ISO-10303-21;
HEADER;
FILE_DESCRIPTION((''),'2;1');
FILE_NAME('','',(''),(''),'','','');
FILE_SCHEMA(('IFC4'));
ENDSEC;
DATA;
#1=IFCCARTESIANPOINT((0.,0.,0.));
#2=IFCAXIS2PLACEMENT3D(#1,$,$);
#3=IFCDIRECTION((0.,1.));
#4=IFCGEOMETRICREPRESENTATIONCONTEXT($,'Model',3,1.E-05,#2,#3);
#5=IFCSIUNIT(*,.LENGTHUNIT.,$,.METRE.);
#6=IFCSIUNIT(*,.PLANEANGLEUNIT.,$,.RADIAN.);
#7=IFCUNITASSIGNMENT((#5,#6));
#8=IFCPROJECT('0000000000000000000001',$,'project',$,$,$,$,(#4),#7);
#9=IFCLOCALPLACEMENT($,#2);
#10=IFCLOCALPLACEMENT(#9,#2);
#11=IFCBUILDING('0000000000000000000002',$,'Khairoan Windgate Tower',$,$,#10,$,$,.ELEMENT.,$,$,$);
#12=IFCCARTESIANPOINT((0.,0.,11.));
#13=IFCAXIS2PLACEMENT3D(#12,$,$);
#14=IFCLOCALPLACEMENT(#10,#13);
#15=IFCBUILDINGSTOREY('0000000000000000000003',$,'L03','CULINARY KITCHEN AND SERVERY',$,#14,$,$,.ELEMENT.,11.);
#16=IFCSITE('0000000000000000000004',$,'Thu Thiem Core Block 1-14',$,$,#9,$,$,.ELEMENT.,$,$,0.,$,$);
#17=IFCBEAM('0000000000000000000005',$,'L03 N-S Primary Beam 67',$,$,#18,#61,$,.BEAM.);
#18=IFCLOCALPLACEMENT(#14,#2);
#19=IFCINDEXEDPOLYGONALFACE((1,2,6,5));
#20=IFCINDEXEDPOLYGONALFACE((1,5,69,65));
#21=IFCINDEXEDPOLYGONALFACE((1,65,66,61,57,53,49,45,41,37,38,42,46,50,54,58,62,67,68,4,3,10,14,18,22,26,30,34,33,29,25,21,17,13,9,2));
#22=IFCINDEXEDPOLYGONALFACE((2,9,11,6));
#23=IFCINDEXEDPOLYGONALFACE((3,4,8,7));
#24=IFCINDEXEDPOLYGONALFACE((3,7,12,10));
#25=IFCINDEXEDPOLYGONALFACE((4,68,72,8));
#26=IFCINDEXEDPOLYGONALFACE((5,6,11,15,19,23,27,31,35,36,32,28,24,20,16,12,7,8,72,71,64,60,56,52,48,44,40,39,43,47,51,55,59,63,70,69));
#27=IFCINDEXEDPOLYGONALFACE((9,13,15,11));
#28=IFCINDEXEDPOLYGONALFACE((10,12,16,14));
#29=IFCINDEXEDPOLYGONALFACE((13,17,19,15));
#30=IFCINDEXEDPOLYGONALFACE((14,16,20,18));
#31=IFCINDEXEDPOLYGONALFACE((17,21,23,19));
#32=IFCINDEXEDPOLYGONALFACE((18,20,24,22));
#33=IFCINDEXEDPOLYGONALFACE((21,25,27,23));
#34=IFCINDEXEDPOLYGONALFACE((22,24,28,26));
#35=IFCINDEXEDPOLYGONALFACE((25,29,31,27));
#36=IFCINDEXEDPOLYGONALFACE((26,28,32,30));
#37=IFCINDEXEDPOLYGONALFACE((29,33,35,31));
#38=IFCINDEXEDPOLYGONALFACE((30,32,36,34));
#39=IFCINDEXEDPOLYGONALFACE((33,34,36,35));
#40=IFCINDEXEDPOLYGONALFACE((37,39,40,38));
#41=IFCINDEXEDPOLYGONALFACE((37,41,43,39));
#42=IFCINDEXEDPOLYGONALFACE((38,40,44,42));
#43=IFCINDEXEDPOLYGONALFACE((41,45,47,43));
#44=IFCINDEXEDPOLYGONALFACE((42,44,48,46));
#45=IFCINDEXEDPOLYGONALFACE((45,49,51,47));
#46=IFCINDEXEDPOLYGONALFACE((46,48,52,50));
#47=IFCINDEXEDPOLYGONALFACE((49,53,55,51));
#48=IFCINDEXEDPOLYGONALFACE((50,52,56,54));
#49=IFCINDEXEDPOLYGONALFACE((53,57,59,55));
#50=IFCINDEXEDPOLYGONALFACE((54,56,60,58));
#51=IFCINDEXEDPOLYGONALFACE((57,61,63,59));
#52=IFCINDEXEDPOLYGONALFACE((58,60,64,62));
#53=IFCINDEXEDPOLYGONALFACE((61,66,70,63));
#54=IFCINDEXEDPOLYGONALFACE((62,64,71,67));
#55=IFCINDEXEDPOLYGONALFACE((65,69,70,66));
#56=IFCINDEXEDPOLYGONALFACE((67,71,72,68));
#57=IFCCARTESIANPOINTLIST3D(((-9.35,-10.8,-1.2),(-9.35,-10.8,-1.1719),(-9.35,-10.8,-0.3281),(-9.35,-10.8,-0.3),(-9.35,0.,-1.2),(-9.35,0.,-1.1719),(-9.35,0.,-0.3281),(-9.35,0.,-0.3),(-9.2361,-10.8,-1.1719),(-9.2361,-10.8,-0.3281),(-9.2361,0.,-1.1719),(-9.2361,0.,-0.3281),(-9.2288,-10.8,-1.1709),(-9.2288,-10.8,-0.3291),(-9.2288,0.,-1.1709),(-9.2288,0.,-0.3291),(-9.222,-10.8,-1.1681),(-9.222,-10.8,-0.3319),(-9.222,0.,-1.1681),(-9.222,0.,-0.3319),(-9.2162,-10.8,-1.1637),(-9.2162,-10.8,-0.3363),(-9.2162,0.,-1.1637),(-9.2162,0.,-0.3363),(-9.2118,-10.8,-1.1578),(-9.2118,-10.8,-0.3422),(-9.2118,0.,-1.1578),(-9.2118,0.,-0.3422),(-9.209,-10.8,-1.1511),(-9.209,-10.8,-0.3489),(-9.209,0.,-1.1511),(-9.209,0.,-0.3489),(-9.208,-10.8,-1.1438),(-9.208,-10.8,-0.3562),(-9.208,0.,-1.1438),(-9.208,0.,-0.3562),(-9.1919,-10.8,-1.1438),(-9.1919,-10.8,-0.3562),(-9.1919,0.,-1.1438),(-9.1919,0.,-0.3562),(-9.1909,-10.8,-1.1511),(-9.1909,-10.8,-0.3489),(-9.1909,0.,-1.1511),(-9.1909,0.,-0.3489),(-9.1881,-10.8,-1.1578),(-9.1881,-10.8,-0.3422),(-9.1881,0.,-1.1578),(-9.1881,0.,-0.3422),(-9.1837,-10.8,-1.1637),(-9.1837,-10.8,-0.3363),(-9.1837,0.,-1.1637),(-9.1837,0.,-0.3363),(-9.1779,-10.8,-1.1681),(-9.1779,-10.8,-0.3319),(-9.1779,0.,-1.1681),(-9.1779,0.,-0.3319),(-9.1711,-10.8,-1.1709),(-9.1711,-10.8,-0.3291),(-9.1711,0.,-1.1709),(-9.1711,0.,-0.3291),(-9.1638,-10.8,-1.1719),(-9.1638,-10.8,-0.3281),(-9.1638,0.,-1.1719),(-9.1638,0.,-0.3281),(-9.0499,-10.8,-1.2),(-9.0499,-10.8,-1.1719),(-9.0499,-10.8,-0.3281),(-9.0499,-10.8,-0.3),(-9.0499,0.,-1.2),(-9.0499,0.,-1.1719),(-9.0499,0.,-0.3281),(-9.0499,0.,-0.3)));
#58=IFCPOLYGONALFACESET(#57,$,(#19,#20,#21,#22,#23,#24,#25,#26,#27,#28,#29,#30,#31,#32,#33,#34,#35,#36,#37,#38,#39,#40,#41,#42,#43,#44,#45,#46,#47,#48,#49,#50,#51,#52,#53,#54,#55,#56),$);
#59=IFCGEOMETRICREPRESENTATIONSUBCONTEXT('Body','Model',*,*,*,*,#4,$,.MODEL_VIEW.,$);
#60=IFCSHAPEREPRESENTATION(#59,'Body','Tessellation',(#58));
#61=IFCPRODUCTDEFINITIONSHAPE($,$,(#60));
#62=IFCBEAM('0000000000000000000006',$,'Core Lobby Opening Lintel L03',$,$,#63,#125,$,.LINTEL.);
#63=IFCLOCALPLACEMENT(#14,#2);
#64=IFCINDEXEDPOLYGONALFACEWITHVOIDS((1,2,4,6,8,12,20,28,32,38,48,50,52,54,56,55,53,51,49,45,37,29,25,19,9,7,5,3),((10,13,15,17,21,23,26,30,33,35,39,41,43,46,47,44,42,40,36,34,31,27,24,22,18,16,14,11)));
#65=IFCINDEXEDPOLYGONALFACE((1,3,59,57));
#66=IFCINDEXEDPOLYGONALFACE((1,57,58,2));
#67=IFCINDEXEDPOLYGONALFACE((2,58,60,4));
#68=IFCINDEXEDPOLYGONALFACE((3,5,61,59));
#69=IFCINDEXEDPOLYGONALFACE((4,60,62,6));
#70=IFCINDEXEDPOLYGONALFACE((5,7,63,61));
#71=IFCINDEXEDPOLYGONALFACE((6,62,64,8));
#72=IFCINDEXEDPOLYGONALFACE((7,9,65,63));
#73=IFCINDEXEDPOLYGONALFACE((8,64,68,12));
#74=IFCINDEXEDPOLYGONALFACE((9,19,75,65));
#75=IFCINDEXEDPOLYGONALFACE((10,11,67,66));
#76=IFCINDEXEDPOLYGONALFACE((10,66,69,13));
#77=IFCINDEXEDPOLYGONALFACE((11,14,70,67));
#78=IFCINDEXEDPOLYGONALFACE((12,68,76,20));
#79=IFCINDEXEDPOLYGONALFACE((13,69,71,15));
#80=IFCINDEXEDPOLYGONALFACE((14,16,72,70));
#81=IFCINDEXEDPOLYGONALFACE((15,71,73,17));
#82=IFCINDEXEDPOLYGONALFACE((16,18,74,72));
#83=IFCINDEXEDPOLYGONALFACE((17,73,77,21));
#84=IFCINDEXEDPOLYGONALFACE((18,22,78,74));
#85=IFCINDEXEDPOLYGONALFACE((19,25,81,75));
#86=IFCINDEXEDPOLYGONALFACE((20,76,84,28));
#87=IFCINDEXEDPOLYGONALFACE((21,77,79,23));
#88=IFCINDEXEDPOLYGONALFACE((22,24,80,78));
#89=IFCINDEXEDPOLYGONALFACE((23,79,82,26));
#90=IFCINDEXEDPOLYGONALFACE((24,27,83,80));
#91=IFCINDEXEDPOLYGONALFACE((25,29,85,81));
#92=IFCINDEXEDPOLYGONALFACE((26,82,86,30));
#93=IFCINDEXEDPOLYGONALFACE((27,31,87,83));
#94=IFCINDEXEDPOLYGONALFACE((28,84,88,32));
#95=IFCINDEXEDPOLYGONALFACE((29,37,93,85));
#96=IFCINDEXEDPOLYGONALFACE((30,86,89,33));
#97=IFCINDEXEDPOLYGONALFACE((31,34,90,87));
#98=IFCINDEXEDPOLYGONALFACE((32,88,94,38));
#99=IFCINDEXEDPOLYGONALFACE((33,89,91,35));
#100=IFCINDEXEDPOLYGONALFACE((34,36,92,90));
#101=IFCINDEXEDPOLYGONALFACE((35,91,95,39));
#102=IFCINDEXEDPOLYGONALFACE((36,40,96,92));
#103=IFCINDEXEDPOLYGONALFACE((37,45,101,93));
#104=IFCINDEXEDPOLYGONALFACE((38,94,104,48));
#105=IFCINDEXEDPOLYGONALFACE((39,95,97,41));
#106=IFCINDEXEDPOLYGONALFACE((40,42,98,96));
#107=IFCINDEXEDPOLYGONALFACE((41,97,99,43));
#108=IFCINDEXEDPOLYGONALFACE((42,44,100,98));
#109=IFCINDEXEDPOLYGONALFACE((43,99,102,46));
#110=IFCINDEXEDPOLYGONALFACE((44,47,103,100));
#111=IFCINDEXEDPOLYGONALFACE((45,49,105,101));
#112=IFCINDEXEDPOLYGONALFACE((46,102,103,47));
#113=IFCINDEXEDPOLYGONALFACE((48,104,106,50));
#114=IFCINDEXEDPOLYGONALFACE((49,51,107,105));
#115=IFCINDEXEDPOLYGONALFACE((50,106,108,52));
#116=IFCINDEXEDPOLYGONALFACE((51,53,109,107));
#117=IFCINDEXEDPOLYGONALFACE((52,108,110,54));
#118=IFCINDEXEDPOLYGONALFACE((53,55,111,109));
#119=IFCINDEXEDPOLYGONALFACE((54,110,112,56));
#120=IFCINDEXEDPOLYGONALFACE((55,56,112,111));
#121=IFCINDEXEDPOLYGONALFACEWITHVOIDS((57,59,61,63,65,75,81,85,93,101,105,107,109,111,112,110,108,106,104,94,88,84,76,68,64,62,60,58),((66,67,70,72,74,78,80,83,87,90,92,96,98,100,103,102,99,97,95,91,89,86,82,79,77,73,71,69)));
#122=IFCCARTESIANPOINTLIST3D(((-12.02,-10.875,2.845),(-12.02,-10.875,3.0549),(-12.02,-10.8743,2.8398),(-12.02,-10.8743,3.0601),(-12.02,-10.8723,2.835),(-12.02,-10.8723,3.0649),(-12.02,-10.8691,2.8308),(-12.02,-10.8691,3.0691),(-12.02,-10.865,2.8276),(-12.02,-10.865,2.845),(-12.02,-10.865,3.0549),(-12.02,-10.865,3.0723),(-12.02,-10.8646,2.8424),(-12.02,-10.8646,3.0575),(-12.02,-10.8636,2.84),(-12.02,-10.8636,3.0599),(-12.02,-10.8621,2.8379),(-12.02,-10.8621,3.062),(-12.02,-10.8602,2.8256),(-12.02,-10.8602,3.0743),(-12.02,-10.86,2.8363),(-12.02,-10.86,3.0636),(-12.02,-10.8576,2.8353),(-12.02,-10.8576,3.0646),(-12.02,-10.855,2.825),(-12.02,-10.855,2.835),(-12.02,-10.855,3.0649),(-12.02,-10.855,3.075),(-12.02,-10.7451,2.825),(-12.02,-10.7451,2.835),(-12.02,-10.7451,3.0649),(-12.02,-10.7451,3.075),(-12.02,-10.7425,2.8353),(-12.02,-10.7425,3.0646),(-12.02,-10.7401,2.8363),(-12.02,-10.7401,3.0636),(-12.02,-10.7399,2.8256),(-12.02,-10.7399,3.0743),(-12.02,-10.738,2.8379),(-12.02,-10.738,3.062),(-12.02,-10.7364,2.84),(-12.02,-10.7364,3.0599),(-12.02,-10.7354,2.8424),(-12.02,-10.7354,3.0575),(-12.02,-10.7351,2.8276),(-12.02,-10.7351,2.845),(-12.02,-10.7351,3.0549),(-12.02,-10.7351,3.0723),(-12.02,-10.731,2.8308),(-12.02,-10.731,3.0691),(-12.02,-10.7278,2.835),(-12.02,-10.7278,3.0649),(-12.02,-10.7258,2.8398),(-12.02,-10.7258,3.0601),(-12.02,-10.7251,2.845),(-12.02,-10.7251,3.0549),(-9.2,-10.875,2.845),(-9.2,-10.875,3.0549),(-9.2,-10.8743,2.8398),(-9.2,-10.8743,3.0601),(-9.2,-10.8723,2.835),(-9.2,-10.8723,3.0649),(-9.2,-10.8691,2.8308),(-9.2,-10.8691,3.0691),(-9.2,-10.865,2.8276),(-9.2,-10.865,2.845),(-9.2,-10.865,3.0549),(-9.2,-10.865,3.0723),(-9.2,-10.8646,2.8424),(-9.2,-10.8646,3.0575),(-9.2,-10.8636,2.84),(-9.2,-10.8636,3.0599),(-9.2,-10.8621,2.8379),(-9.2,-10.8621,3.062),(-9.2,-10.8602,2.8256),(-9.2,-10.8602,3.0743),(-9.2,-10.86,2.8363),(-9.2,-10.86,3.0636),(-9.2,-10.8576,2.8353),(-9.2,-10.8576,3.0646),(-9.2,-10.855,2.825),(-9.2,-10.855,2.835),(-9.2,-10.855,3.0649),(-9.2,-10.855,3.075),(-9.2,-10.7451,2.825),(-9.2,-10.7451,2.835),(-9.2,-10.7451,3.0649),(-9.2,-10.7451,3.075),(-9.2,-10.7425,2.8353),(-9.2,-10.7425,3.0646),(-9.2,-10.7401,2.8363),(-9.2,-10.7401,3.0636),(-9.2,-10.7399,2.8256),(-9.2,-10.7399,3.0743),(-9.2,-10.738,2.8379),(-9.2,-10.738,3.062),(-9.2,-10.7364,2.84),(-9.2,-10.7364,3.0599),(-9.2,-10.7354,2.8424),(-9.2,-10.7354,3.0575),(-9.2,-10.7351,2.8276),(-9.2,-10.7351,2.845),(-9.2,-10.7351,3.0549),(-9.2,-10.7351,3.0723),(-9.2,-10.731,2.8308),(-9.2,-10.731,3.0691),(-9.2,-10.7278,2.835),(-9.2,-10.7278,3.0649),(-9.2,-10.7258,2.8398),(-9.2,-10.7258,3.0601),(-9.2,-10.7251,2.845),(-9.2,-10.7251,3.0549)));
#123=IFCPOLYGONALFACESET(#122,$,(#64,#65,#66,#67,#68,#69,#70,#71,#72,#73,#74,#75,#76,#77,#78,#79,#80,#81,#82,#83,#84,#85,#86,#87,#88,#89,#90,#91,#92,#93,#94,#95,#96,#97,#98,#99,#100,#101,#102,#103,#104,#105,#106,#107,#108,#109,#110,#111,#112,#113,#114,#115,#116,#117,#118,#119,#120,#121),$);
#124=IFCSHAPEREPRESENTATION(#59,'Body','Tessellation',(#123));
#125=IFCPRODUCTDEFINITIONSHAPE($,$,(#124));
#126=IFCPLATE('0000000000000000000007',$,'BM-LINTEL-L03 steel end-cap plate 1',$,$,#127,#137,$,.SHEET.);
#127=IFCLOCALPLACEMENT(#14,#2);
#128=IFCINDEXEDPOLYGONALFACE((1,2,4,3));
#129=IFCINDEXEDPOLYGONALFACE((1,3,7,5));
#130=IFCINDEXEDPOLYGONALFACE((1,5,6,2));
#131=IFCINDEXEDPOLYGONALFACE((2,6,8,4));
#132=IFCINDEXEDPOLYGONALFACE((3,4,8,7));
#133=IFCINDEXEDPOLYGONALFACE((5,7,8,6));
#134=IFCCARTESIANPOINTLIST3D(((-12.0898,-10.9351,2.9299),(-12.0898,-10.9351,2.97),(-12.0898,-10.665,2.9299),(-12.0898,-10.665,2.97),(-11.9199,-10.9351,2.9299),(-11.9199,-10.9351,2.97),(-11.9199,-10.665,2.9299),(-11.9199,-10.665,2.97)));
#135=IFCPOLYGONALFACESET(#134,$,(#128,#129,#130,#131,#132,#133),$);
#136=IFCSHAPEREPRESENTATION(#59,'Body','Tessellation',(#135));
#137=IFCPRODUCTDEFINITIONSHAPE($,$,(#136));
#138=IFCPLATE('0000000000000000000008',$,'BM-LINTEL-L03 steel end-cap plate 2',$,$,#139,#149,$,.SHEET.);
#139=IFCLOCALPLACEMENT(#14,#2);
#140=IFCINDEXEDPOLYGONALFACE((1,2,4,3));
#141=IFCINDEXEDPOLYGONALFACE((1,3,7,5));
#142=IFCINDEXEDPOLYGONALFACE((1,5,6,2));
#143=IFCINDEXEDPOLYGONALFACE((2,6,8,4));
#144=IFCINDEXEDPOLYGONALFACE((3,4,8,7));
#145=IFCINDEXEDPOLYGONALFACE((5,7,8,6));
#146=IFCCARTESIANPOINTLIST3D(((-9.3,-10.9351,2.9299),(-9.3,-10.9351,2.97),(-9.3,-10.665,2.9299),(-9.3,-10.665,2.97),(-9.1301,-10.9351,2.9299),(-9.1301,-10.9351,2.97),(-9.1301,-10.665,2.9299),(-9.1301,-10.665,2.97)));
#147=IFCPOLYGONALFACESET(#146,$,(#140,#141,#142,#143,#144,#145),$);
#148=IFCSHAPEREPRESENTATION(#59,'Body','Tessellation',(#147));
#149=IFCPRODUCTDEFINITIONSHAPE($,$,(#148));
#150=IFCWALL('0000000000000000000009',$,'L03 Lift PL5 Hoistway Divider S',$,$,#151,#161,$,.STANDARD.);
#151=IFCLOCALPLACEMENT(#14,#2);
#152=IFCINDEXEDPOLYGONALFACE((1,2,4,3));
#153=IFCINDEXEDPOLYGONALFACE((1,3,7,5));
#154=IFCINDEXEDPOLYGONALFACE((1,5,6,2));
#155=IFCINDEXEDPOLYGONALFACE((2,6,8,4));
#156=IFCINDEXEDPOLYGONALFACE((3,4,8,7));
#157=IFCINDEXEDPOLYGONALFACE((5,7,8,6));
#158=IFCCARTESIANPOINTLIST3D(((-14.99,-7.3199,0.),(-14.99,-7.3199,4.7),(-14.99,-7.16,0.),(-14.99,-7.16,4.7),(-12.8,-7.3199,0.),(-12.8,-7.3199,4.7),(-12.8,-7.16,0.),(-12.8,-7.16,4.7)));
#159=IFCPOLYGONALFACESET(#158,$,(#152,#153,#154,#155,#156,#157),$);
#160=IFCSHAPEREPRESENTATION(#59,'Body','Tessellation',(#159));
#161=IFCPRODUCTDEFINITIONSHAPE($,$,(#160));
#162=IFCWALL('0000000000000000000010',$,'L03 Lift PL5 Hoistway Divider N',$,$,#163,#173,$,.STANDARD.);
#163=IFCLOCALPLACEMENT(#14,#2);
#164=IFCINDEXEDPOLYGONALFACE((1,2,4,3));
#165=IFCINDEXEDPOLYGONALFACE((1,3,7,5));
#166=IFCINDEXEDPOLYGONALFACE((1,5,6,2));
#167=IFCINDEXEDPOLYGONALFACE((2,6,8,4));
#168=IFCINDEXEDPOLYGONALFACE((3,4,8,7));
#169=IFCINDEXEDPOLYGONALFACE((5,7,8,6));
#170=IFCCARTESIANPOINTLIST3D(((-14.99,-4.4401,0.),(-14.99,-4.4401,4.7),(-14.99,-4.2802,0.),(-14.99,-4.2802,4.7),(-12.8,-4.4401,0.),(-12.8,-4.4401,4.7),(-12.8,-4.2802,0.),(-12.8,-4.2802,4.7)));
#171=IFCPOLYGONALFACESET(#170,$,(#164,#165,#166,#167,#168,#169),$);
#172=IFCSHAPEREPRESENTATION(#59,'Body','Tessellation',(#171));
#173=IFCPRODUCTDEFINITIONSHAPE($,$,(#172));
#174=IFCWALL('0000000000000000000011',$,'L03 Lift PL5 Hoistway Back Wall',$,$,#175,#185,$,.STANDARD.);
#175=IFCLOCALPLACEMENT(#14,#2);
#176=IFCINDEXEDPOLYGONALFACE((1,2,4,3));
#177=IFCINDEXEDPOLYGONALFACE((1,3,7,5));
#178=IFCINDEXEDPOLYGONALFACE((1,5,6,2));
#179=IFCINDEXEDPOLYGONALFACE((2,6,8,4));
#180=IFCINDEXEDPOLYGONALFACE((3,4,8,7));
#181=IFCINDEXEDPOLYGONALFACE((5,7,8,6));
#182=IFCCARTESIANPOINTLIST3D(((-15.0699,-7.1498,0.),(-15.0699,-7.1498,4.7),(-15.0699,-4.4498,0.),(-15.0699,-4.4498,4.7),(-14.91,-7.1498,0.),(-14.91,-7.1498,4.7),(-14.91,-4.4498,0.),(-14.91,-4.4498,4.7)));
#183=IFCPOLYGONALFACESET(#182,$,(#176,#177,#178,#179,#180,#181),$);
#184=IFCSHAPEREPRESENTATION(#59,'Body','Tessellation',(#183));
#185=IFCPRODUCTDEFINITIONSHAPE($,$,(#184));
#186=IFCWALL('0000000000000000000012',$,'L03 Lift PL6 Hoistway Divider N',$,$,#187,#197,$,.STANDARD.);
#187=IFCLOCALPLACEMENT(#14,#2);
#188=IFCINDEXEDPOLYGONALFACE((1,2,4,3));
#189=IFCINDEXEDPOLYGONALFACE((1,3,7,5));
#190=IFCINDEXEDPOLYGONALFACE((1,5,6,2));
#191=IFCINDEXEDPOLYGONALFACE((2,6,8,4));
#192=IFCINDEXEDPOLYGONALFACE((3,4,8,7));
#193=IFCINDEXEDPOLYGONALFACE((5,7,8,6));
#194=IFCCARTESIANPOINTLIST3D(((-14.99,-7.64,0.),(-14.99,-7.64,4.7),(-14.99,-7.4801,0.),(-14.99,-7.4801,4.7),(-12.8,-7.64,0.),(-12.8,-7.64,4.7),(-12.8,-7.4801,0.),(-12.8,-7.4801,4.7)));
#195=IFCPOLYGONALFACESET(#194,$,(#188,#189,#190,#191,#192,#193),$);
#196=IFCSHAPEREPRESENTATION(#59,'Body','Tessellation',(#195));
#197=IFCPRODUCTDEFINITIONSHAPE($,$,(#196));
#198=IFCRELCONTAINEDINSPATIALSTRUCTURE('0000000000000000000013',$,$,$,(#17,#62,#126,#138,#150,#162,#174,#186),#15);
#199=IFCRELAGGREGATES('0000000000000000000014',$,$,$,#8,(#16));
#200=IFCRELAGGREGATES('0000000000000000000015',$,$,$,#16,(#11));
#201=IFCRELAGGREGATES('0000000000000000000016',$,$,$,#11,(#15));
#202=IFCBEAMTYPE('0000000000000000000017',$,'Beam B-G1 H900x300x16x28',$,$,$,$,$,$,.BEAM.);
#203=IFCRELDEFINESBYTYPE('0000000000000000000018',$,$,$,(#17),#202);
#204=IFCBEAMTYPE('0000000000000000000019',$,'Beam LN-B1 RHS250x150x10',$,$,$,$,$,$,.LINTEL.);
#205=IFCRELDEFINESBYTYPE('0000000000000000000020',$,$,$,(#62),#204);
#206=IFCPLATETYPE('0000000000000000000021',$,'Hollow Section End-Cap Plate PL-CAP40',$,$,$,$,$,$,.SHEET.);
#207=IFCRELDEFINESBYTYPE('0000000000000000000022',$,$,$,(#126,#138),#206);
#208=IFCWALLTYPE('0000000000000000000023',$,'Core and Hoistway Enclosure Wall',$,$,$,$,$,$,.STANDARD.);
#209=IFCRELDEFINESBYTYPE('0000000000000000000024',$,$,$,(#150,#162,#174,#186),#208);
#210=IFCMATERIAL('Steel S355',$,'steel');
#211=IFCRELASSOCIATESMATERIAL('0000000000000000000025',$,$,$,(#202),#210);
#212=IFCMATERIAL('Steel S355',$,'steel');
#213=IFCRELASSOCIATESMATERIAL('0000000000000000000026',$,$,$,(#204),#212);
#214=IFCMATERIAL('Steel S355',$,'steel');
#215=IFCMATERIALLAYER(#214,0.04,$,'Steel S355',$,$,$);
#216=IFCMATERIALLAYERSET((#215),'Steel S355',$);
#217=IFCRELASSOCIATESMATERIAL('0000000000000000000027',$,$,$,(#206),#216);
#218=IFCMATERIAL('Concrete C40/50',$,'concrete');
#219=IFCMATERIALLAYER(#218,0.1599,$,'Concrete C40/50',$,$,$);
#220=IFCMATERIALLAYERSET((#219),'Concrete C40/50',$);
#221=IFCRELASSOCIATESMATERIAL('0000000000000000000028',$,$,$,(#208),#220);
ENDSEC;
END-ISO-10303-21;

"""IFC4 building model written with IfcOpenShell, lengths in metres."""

from ifc_helpers import new_model, si_unit, direction, frame, frame_2d, origin, origin_2d, place, context, subcontext, project, spatial, rectangle, hollow_rectangle, i_section, extrude, material, layer, layer_set, material_profile, profile_set, type_object, element, save


model = new_model("IFC4")

# Units and contexts
model_context = context("Model", 3, precision=1e-05, world=origin(), true_north=direction((0.0, 1.0)))
body_context = subcontext(model_context, "Body", "Model", "MODEL_VIEW")
ifc_project = project(units=[si_unit("LENGTHUNIT", "METRE"), si_unit("PLANEANGLEUNIT", "RADIAN")], contexts=[model_context])

# Site, building, storey
site_placement = place(None, origin())
site = spatial("IfcSite", under=ifc_project, at=site_placement, Name="Thu Thiem Core Block 1-14", CompositionType="ELEMENT", RefElevation=0.0)
building_placement = place(site_placement, origin())
building = spatial("IfcBuilding", under=site, at=building_placement, Name="Khairoan Windgate Tower", CompositionType="ELEMENT")
storey_placement = place(building_placement, frame((0.0, 0.0, 11.0)))
storey = spatial("IfcBuildingStorey", under=building, at=storey_placement, Name="L03", Description="CULINARY KITCHEN AND SERVERY", CompositionType="ELEMENT", Elevation=11.0)

# Beams
ifc_material_1 = material(Name="Steel S355", Category="steel")
ifc_material_profile_1 = material_profile(ifc_material_1, i_section(OverallWidth=0.3, OverallDepth=0.8999, WebThickness=0.0161, FlangeThickness=0.0281, FilletRadius=0.0281, at=origin_2d()))
ifc_profile_set_1 = profile_set([ifc_material_profile_1], Name="Steel S355")
beam_type_1 = type_object("IfcBeamType", Name="Beam B-G1 H900x300x16x28", PredefinedType="BEAM", material=ifc_profile_set_1)
beam_1_placement = place(storey_placement, frame((-9.2, -10.8, -0.75), z_axis=(0.0, 1.0, 0.0), x_axis=(-1.0, 0.0, 0.0)))
element("IfcBeam", 1, at=beam_1_placement, inside=storey, type_object=beam_type_1, Name="L03 N-S Primary Beam 67", PredefinedType="BEAM", context=body_context, shape_type="SweptSolid", body=[
    extrude(i_section(OverallWidth=0.3, OverallDepth=0.8999, WebThickness=0.0161, FlangeThickness=0.0281, FilletRadius=0.0281, at=origin_2d()), origin(), (0.0, 0.0, 1.0), 10.8),
])
ifc_material_2 = material(Name="Steel S355", Category="steel")
ifc_material_profile_2 = material_profile(ifc_material_2, hollow_rectangle(XDim=0.1499, YDim=0.25, WallThickness=0.01, InnerFilletRadius=0.01, OuterFilletRadius=0.02, at=origin_2d()))
ifc_profile_set_2 = profile_set([ifc_material_profile_2], Name="Steel S355")
beam_type_2 = type_object("IfcBeamType", Name="Beam LN-B1 RHS250x150x10", PredefinedType="LINTEL", material=ifc_profile_set_2)
beam_2_placement = place(storey_placement, frame((-12.02, -10.8, 2.95), z_axis=(1.0, 0.0, 0.0), x_axis=(0.0, 1.0, 0.0)))
element("IfcBeam", 2, at=beam_2_placement, inside=storey, type_object=beam_type_2, Name="Core Lobby Opening Lintel L03", PredefinedType="LINTEL", context=body_context, shape_type="SweptSolid", body=[
    extrude(hollow_rectangle(XDim=0.1499, YDim=0.25, WallThickness=0.01, InnerFilletRadius=0.01, OuterFilletRadius=0.02, at=origin_2d()), origin(), (0.0, 0.0, 1.0), 2.8201),
])

# Plates
ifc_material_3 = material(Name="Steel S355", Category="steel")
ifc_layer_1 = layer(ifc_material_3, 0.04, Name="Steel S355")
ifc_layer_set_1 = layer_set([ifc_layer_1], Name="Steel S355")
plate_type = type_object("IfcPlateType", Name="Hollow Section End-Cap Plate PL-CAP40", PredefinedType="SHEET", material=ifc_layer_set_1)
for number, where, z_axis, x_axis, name in (
    (3, (-12.0049, -10.8, 2.9299), (0.0, 0.0, 1.0), (1.0, 0.0, 0.0), "BM-LINTEL-L03 steel end-cap plate 1"),
    (4, (-9.2151, -10.8, 2.9299), (0.0, 0.0, 1.0), (1.0, 0.0, 0.0), "BM-LINTEL-L03 steel end-cap plate 2"),
):
    element("IfcPlate", number, at=place(storey_placement, frame(where, z_axis=z_axis, x_axis=x_axis)), inside=storey, type_object=plate_type, Name=name, PredefinedType="SHEET", context=body_context, shape_type="SweptSolid", body=[
        extrude(rectangle(XDim=0.1699, YDim=0.27, at=origin_2d()), origin(), (0.0, 0.0, 1.0), 0.04),
    ])

# Walls
ifc_material_4 = material(Name="Concrete C40/50", Category="concrete")
ifc_layer_2 = layer(ifc_material_4, 0.1599, Name="Concrete C40/50")
ifc_layer_set_2 = layer_set([ifc_layer_2], Name="Concrete C40/50")
wall_type_1 = type_object("IfcWallType", Name="Core and Hoistway Enclosure Wall", PredefinedType="STANDARD", material=ifc_layer_set_2)
for number, where, z_axis, x_axis, name in (
    (5, (-14.99, -7.24, 0.0), (0.0, 0.0, 1.0), (1.0, 0.0, 0.0), "L03 Lift PL5 Hoistway Divider S"),
    (6, (-14.99, -4.3601, 0.0), (0.0, 0.0, 1.0), (1.0, 0.0, 0.0), "L03 Lift PL5 Hoistway Divider N"),
):
    element("IfcWall", number, at=place(storey_placement, frame(where, z_axis=z_axis, x_axis=x_axis)), inside=storey, type_object=wall_type_1, Name=name, PredefinedType="STANDARD", context=body_context, shape_type="SweptSolid", body=[
        extrude(rectangle(XDim=2.1899, YDim=0.1599, at=frame_2d((1.095, 0.0))), origin(), (0.0, 0.0, 1.0), 4.7),
    ])
wall_1_placement = place(storey_placement, frame((-14.99, -7.1499, 0.0), z_axis=(0.0, 0.0, 1.0), x_axis=(0.0, 1.0, 0.0)))
element("IfcWall", 7, at=wall_1_placement, inside=storey, type_object=wall_type_1, Name="L03 Lift PL5 Hoistway Back Wall", PredefinedType="STANDARD", context=body_context, shape_type="SweptSolid", body=[
    extrude(rectangle(XDim=2.7, YDim=0.1599, at=frame_2d((1.3501, 0.0))), origin(), (0.0, 0.0, 1.0), 4.7),
])
wall_2_placement = place(storey_placement, frame((-14.99, -7.5601, 0.0), z_axis=(0.0, 0.0, 1.0), x_axis=(1.0, 0.0, 0.0)))
element("IfcWall", 8, at=wall_2_placement, inside=storey, type_object=wall_type_1, Name="L03 Lift PL6 Hoistway Divider N", PredefinedType="STANDARD", context=body_context, shape_type="SweptSolid", body=[
    extrude(rectangle(XDim=2.1899, YDim=0.1599, at=frame_2d((1.095, 0.0))), origin(), (0.0, 0.0, 1.0), 4.7),
])

save(model, "model.ifc")
